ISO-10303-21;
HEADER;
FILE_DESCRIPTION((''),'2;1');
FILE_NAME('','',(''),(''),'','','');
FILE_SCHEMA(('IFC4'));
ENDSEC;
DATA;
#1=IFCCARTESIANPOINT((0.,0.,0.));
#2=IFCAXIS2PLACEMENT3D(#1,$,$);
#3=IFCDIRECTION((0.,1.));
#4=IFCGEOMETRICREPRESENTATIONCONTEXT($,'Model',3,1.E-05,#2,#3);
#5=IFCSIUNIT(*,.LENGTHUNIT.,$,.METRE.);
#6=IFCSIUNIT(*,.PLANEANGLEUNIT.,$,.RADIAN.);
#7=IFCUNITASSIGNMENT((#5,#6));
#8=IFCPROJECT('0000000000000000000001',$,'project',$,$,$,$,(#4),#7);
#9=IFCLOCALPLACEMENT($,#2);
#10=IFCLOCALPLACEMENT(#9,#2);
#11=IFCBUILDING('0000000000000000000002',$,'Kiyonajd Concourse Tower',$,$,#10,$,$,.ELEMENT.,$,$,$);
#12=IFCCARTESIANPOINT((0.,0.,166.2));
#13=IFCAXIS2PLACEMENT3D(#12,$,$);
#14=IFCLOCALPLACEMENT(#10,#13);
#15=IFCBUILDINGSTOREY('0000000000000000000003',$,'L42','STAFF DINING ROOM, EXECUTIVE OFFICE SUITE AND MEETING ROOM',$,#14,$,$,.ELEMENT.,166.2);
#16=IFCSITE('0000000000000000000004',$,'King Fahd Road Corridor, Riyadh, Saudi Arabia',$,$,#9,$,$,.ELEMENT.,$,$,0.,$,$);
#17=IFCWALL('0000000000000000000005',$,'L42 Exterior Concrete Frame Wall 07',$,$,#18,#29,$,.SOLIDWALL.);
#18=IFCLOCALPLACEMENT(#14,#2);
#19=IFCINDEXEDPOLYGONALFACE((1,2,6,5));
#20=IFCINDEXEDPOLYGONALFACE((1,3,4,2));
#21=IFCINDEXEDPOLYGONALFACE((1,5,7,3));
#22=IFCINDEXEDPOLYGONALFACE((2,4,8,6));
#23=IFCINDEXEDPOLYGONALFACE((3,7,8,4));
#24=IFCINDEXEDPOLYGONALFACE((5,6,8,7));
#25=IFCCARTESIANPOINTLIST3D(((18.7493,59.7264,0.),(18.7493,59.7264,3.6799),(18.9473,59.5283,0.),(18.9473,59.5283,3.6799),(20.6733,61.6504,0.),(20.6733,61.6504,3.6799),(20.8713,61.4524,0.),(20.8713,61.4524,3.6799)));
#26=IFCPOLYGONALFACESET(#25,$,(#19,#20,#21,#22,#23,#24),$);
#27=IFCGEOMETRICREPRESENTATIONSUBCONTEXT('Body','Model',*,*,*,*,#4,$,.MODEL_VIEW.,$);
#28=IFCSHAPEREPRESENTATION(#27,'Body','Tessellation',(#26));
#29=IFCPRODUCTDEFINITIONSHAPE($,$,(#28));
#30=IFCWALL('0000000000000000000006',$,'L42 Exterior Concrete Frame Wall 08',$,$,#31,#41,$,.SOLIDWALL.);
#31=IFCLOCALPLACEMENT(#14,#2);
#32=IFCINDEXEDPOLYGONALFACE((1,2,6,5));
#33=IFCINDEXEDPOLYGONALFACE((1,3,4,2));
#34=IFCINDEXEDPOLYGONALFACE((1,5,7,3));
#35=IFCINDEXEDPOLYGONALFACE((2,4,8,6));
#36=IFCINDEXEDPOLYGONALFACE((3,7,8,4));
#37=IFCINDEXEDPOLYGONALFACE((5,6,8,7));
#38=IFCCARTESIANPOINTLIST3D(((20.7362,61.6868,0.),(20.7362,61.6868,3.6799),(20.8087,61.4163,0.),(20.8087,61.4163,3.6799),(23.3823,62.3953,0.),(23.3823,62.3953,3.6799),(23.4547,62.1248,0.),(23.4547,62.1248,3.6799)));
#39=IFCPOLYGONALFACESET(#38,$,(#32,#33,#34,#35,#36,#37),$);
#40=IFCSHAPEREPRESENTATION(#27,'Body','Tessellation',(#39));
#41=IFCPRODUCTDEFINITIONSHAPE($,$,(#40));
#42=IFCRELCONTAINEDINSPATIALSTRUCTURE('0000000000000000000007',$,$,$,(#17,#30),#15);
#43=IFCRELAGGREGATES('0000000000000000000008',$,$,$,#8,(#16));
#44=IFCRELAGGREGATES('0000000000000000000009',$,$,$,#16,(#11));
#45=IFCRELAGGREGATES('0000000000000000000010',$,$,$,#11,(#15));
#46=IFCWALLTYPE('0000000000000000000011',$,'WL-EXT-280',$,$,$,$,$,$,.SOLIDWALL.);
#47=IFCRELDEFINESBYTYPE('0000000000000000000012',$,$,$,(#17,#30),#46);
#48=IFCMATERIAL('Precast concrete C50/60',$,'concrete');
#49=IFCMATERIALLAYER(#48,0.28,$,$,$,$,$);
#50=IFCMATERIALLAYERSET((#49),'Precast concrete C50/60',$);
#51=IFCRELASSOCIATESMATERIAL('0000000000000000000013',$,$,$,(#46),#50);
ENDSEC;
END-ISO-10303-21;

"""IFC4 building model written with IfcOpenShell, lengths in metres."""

from ifc_helpers import new_model, si_unit, direction, frame, frame_2d, origin, place, context, subcontext, project, spatial, rectangle, extrude, material, layer, layer_set, type_object, element, save


model = new_model("IFC4")

# Units and contexts
model_context = context("Model", 3, precision=1e-05, world=origin(), true_north=direction((0.0, 1.0)))
body_context = subcontext(model_context, "Body", "Model", "MODEL_VIEW")
ifc_project = project(units=[si_unit("LENGTHUNIT", "METRE"), si_unit("PLANEANGLEUNIT", "RADIAN")], contexts=[model_context])

# Site, building, storey
site_placement = place(None, origin())
site = spatial("IfcSite", under=ifc_project, at=site_placement, Name="King Fahd Road Corridor, Riyadh, Saudi Arabia", CompositionType="ELEMENT", RefElevation=0.0)
building_placement = place(site_placement, origin())
building = spatial("IfcBuilding", under=site, at=building_placement, Name="Kiyonajd Concourse Tower", CompositionType="ELEMENT")
storey_placement = place(building_placement, frame((0.0, 0.0, 166.2)))
storey = spatial("IfcBuildingStorey", under=building, at=storey_placement, Name="L42", Description="STAFF DINING ROOM, EXECUTIVE OFFICE SUITE AND MEETING ROOM", CompositionType="ELEMENT", Elevation=166.2)

# Walls
ifc_material_1 = material(Name="Precast concrete C50/60", Category="concrete")
ifc_layer_1 = layer(ifc_material_1, 0.28)
ifc_layer_set_1 = layer_set([ifc_layer_1], Name="Precast concrete C50/60")
wall_type = type_object("IfcWallType", Name="WL-EXT-280", PredefinedType="SOLIDWALL", material=ifc_layer_set_1)
wall_1_placement = place(storey_placement, frame((18.8484, 59.6274, 0.0), z_axis=(0.0, 0.0, 1.0), x_axis=(0.707107, 0.707107, 0.0)))
element("IfcWall", 1, at=wall_1_placement, inside=storey, type_object=wall_type, Name="L42 Exterior Concrete Frame Wall 07", PredefinedType="SOLIDWALL", context=body_context, shape_type="SweptSolid", body=[
    extrude(rectangle(XDim=2.7209, YDim=0.28, at=frame_2d((1.3604, 0.0))), origin(), (0.0, 0.0, 1.0), 3.6799),
])
wall_2_placement = place(storey_placement, frame((20.7725, 61.5515, 0.0), z_axis=(0.0, 0.0, 1.0), x_axis=(0.965971, 0.25865, 0.0)))
element("IfcWall", 2, at=wall_2_placement, inside=storey, type_object=wall_type, Name="L42 Exterior Concrete Frame Wall 08", PredefinedType="SOLIDWALL", context=body_context, shape_type="SweptSolid", body=[
    extrude(rectangle(XDim=2.7393, YDim=0.28, at=frame_2d((1.3696, 0.0))), origin(), (0.0, 0.0, 1.0), 3.6799),
])

save(model, "model.ifc")
